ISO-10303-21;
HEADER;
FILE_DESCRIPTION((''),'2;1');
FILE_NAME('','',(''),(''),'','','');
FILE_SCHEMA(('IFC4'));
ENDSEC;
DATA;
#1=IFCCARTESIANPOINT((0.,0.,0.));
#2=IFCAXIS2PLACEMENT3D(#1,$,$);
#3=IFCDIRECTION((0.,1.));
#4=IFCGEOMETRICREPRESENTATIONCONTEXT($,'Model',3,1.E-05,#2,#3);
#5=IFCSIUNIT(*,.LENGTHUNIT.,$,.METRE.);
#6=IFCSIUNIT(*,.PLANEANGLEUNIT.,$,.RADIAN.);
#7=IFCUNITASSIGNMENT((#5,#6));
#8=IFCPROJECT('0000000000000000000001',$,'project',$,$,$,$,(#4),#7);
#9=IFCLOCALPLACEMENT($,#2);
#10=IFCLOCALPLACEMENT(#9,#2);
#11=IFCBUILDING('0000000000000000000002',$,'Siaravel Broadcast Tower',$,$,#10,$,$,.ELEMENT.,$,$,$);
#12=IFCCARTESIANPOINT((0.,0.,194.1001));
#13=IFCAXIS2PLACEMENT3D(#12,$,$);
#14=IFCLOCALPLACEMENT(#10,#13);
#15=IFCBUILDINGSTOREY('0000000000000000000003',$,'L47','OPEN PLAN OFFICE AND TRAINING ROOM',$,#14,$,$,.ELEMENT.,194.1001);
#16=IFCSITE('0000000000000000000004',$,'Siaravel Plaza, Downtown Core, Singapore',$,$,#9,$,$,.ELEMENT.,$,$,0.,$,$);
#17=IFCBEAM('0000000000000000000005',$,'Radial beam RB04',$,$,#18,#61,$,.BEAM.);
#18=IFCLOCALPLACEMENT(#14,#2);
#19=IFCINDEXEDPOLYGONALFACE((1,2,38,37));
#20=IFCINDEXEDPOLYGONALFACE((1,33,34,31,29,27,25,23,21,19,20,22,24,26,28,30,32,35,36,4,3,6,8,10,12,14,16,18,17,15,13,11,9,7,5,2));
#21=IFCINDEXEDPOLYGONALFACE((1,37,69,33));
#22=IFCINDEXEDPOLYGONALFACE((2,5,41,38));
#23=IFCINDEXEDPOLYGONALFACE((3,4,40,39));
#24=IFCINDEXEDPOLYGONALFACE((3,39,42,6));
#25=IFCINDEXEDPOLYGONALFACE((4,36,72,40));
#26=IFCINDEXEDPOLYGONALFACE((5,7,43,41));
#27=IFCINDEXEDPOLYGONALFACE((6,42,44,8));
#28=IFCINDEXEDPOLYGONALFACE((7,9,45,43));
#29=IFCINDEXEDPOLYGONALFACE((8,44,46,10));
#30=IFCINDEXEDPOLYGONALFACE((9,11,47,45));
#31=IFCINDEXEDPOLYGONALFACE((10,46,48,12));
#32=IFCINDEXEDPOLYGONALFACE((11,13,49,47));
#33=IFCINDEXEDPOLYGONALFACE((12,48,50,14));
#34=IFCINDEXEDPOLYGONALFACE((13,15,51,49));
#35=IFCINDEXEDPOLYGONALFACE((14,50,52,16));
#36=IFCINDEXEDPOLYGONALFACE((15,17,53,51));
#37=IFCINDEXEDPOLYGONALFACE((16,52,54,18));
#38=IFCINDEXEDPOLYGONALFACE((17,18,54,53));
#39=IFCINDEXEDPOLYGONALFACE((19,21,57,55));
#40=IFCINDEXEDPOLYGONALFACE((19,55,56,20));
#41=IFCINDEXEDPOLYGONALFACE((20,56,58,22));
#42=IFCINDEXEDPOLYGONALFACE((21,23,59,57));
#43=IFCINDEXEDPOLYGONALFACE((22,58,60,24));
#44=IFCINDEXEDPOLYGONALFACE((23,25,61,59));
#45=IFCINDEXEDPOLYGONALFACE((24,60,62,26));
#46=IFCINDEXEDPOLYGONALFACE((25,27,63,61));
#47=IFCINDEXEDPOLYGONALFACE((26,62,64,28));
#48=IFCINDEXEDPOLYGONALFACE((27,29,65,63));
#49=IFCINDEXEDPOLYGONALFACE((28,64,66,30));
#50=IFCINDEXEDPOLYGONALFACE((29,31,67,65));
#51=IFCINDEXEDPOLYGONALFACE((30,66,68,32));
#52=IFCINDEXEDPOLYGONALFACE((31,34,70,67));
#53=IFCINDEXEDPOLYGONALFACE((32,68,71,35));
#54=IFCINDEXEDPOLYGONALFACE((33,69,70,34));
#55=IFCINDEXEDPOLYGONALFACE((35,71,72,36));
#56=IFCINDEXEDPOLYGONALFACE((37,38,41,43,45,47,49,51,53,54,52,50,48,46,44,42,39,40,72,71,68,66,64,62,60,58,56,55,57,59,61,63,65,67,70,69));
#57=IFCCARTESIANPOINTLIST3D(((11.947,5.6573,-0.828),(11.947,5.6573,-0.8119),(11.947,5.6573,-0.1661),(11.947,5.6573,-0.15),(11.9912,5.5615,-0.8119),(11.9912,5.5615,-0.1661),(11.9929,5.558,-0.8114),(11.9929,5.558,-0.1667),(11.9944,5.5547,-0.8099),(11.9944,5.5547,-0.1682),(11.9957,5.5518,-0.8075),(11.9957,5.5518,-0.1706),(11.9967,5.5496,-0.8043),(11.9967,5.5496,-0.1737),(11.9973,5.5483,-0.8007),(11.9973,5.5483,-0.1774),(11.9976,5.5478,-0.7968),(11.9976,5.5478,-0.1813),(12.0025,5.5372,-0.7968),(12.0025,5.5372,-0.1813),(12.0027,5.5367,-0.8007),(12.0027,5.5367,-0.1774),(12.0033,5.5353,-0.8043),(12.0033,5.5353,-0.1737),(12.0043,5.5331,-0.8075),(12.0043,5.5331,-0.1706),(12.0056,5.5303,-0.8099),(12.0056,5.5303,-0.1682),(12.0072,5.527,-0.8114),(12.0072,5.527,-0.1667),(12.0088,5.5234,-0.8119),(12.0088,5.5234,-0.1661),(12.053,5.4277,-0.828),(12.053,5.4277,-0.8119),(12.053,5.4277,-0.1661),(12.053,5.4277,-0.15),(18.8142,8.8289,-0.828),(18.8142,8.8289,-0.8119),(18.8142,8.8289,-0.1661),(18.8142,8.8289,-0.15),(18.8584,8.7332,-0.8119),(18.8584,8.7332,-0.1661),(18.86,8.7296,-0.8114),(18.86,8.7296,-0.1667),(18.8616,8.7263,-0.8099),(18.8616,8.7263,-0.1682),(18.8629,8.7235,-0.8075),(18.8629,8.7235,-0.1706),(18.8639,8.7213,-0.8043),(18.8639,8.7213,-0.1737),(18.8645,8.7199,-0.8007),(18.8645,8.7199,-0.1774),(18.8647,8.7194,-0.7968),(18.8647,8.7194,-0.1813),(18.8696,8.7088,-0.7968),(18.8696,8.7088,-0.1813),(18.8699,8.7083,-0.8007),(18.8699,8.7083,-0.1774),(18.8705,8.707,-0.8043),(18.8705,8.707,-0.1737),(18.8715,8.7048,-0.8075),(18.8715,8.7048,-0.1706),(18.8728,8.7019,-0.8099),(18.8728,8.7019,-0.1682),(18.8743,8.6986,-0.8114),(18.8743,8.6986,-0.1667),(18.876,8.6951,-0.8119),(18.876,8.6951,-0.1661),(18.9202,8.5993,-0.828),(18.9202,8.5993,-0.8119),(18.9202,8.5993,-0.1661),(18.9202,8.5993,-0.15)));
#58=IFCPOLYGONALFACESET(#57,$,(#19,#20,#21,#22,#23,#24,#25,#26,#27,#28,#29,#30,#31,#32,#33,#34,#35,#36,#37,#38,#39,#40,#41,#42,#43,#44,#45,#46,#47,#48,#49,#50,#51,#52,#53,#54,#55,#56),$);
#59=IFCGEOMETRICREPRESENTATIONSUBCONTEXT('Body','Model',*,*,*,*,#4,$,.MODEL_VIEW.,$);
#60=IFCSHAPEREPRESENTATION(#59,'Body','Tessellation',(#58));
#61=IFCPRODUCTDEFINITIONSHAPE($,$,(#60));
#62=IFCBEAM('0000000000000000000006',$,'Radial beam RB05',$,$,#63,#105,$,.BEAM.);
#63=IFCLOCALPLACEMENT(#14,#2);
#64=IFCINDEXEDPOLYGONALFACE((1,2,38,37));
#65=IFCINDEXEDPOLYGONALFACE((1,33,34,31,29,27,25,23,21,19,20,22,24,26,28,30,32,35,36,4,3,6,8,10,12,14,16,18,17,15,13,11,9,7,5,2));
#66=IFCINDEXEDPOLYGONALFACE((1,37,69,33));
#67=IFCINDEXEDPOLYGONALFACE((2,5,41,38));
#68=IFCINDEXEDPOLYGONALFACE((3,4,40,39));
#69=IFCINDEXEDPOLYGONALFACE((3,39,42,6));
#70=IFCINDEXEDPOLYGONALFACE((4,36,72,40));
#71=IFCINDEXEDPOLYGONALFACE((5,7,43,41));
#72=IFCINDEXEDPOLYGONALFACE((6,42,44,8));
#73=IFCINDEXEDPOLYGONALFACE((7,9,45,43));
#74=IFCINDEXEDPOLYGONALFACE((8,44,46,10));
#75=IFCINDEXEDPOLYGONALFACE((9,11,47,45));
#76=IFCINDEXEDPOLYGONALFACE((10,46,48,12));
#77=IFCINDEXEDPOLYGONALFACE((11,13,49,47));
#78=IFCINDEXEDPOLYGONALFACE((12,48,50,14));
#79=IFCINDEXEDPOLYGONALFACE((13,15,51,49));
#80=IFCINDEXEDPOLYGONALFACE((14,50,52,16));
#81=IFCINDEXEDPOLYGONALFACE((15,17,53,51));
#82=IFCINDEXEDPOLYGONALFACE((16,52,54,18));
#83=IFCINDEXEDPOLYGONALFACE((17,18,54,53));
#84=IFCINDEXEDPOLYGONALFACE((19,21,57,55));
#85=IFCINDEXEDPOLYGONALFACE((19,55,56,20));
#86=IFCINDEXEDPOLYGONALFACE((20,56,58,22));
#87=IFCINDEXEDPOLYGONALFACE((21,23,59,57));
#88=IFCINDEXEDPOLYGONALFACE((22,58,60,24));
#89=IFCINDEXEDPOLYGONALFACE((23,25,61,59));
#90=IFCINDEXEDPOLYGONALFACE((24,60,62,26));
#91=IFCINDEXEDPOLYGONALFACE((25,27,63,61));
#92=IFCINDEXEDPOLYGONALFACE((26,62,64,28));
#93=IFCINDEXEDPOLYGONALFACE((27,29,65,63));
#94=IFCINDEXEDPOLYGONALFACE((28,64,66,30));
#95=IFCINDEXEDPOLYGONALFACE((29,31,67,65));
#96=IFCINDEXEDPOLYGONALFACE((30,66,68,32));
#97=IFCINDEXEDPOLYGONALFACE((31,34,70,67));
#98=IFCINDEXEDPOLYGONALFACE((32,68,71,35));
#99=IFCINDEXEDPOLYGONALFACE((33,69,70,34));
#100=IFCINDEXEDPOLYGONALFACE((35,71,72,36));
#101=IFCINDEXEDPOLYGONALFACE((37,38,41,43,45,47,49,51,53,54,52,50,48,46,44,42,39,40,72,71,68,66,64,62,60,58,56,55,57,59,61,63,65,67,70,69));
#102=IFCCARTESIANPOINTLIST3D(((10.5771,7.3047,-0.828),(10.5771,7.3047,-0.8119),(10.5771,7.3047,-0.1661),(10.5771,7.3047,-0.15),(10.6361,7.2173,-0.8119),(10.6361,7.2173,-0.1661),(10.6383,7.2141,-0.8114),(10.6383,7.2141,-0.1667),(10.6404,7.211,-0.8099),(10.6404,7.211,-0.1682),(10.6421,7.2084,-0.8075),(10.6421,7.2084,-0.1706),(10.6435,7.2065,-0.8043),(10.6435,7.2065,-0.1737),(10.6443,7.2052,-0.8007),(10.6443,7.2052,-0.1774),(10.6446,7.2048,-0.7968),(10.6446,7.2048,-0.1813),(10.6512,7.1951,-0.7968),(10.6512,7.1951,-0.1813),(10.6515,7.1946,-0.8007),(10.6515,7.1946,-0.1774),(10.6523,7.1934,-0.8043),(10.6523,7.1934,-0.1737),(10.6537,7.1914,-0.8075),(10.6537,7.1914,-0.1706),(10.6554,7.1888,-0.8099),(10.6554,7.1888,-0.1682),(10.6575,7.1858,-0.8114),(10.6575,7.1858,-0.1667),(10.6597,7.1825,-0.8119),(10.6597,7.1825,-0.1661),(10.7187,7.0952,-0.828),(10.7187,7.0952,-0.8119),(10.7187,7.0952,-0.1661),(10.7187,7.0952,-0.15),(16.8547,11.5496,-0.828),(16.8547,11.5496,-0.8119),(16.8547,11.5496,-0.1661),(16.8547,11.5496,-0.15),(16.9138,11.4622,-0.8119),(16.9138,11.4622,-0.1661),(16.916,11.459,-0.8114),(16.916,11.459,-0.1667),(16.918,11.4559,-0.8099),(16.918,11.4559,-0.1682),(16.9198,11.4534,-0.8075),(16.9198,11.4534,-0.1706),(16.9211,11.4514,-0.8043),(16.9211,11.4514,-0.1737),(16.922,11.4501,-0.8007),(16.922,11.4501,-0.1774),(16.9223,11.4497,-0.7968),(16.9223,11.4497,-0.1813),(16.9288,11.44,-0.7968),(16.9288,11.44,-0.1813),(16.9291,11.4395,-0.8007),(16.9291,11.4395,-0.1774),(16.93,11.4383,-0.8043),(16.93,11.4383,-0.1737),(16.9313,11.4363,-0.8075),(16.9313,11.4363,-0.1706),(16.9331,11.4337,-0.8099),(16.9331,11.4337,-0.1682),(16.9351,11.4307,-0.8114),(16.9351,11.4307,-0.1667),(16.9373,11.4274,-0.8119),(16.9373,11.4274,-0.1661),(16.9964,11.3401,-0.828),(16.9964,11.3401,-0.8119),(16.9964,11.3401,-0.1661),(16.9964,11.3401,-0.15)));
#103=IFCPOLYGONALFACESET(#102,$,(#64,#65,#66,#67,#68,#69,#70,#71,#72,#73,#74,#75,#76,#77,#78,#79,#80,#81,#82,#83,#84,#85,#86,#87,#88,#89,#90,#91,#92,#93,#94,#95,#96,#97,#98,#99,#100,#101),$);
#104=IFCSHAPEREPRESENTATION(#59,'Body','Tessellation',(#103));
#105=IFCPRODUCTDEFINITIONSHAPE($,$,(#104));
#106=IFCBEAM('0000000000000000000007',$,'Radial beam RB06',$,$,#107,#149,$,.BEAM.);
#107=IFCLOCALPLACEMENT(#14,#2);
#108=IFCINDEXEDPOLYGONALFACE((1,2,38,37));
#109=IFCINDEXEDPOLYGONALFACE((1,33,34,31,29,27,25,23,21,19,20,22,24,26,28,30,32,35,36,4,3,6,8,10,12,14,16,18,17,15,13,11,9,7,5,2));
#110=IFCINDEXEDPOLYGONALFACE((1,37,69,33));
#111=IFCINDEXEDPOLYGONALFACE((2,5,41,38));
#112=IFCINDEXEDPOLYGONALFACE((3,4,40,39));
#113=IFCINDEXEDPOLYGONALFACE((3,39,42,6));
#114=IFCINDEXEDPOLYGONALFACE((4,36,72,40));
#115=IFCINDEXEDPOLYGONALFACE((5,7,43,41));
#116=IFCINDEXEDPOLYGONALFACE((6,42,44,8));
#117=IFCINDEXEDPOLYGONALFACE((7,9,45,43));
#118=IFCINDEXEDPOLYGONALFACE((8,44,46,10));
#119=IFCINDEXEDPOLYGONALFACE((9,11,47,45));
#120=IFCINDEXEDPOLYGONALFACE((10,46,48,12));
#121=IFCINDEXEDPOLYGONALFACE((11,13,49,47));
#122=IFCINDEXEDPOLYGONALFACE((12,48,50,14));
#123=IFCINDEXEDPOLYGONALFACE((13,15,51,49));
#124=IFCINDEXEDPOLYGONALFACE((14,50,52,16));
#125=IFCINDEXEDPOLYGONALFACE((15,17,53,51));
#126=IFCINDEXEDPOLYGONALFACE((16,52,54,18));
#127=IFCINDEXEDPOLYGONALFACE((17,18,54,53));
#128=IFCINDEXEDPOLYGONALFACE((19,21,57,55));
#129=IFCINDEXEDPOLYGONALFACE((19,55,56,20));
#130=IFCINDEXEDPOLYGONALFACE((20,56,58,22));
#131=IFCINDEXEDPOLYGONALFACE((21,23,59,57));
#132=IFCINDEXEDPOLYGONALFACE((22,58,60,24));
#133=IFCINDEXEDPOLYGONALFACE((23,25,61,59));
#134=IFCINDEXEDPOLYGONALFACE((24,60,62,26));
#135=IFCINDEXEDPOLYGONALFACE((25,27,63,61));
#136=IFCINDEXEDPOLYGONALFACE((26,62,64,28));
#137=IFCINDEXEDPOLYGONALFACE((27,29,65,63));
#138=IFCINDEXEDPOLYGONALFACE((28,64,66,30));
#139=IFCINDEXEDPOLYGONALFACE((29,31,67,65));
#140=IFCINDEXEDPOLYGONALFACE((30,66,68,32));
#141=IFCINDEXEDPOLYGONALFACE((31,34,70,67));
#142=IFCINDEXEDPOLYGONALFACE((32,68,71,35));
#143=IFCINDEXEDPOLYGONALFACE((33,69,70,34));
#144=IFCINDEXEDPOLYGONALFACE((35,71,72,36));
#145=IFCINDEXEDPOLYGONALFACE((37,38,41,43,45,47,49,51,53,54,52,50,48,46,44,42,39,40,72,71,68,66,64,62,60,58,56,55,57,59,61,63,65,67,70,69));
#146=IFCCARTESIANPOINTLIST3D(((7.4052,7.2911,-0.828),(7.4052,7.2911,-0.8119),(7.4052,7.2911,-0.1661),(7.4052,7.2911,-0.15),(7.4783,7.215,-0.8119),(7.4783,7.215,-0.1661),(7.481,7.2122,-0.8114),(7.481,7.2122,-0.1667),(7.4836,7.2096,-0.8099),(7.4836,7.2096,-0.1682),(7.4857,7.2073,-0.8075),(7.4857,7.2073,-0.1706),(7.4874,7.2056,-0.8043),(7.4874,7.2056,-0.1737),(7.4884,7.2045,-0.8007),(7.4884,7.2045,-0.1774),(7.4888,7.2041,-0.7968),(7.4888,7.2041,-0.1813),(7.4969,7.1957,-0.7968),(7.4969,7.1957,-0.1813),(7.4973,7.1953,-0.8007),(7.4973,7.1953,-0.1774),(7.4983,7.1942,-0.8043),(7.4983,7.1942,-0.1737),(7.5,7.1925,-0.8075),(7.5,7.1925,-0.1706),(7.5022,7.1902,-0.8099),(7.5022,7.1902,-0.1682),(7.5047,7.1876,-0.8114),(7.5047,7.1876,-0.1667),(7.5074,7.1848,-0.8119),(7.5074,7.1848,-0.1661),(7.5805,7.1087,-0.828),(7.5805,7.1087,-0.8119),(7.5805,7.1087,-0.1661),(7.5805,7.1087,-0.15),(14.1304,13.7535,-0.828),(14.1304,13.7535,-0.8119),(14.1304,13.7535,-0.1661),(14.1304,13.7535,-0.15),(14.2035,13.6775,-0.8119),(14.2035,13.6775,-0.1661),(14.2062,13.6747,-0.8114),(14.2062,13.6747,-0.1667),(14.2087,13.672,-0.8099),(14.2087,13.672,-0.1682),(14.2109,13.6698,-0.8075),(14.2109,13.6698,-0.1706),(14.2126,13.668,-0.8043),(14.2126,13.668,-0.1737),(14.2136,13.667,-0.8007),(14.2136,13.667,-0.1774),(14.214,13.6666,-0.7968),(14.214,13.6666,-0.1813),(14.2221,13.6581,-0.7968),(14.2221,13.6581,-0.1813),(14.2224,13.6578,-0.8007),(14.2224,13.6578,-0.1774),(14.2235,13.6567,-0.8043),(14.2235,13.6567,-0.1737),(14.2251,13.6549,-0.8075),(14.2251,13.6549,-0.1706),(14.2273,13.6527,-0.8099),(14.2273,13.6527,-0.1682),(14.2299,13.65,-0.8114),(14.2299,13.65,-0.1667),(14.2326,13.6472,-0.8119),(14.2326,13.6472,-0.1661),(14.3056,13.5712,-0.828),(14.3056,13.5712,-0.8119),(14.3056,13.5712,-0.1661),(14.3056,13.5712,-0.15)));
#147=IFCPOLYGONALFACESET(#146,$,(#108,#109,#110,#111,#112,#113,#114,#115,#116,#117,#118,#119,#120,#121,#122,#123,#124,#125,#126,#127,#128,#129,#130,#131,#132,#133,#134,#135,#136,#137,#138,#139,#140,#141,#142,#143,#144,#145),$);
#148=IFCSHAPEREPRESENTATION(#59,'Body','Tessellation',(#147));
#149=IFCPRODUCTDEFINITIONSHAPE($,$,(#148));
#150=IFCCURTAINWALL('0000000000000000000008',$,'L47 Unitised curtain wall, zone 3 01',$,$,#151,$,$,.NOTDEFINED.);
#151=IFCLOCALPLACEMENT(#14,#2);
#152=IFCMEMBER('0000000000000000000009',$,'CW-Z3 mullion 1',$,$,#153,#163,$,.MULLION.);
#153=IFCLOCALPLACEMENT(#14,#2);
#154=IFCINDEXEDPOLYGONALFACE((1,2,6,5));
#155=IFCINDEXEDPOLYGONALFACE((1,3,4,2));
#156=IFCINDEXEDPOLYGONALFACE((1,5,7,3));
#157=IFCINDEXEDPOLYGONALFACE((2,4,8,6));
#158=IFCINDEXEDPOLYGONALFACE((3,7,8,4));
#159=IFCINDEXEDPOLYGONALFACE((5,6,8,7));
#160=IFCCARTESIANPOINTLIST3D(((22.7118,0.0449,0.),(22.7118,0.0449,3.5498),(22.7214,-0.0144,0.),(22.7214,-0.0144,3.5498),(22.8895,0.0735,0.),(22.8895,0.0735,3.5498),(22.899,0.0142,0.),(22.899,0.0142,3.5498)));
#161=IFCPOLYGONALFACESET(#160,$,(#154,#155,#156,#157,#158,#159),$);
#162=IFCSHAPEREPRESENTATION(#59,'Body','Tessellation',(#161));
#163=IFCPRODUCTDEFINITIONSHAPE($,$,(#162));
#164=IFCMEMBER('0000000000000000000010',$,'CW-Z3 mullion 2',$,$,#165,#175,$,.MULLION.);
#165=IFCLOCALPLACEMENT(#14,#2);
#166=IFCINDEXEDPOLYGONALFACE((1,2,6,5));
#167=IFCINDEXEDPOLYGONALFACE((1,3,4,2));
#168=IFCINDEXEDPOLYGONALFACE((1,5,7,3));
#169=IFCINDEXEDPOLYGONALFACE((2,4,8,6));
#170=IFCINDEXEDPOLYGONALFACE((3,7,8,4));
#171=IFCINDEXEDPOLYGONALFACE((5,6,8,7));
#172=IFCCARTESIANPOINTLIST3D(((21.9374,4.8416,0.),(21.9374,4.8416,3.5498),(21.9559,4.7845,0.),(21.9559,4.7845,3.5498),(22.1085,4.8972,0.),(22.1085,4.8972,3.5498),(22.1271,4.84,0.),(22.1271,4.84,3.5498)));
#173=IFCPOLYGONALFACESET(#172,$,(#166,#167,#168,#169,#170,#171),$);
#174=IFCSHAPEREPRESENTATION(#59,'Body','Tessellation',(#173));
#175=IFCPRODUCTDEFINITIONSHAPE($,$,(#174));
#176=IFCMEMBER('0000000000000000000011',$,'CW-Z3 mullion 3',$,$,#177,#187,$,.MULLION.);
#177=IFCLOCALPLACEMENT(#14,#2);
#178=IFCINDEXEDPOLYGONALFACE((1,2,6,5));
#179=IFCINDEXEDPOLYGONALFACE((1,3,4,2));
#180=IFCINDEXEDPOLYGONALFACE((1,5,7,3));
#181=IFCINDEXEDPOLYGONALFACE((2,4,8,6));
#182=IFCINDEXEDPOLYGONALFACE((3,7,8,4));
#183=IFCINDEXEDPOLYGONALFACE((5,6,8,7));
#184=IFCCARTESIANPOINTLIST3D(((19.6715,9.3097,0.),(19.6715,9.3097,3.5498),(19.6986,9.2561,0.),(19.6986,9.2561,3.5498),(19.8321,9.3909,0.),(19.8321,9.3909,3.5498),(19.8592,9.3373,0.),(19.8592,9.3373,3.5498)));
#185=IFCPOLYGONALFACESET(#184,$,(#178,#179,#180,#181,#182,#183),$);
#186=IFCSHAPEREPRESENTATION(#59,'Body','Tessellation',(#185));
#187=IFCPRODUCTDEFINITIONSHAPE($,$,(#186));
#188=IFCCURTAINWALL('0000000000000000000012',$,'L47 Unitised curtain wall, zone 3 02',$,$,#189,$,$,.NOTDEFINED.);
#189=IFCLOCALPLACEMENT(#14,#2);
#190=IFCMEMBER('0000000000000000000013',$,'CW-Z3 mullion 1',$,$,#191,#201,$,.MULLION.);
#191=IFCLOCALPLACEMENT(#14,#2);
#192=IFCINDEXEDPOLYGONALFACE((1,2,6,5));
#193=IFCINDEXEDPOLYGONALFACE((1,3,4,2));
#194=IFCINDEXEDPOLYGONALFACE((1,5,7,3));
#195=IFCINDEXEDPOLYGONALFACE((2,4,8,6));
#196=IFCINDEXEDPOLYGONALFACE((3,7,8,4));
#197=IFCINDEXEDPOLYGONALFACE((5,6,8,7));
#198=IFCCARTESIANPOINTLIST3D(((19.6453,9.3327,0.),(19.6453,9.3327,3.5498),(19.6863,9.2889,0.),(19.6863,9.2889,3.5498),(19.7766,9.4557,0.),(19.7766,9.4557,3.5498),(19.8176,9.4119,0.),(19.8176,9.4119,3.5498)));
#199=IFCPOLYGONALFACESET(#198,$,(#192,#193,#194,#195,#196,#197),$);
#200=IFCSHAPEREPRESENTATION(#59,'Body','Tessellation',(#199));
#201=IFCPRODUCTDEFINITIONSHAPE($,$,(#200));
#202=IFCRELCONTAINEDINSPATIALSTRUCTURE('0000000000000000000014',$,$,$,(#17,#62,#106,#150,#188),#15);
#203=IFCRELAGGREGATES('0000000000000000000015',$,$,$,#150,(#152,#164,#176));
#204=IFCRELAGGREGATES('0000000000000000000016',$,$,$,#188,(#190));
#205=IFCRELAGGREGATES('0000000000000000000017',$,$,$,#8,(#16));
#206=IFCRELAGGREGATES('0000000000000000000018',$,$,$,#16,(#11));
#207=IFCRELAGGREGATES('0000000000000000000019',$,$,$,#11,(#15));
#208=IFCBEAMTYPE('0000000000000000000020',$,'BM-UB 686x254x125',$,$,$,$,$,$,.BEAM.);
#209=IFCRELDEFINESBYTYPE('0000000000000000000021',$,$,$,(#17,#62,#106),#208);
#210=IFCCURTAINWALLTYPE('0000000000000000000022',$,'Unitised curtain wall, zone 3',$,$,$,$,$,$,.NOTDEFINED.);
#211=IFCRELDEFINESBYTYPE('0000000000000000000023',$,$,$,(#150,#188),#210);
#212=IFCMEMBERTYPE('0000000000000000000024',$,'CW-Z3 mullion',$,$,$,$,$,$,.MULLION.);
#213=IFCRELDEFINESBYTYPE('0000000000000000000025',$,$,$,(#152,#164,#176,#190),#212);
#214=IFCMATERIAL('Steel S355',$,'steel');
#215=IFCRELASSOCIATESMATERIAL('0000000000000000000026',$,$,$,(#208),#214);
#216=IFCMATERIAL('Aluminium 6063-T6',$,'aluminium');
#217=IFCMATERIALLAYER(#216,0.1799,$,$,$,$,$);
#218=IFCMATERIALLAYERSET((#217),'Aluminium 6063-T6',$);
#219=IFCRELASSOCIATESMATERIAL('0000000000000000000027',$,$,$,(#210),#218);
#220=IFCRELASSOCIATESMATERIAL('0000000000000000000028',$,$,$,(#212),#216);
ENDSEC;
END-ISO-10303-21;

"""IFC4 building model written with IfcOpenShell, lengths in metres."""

from ifc_helpers import new_model, si_unit, direction, frame, origin, origin_2d, place, context, subcontext, project, spatial, rectangle, i_section, extrude, material, layer, layer_set, material_profile, profile_set, type_object, element, aggregate, save


model = new_model("IFC4")

# Units and contexts
model_context = context("Model", 3, precision=1e-05, world=origin(), true_north=direction((0.0, 1.0)))
body_context = subcontext(model_context, "Body", "Model", "MODEL_VIEW")
ifc_project = project(units=[si_unit("LENGTHUNIT", "METRE"), si_unit("PLANEANGLEUNIT", "RADIAN")], contexts=[model_context])

# Site, building, storey
site_placement = place(None, origin())
site = spatial("IfcSite", under=ifc_project, at=site_placement, Name="Siaravel Plaza, Downtown Core, Singapore", CompositionType="ELEMENT", RefElevation=0.0)
building_placement = place(site_placement, origin())
building = spatial("IfcBuilding", under=site, at=building_placement, Name="Siaravel Broadcast Tower", CompositionType="ELEMENT")
storey_placement = place(building_placement, frame((0.0, 0.0, 194.1001)))
storey = spatial("IfcBuildingStorey", under=building, at=storey_placement, Name="L47", Description="OPEN PLAN OFFICE AND TRAINING ROOM", CompositionType="ELEMENT", Elevation=194.1001)

# Beams
ifc_material_1 = material(Name="Steel S355", Category="steel")
ifc_material_profile_1 = material_profile(ifc_material_1, i_section(OverallWidth=0.2529, OverallDepth=0.678, WebThickness=0.0117, FlangeThickness=0.0161, FilletRadius=0.0151, at=origin_2d()))
ifc_profile_set_1 = profile_set([ifc_material_profile_1], Name="Steel S355")
beam_type = type_object("IfcBeamType", Name="BM-UB 686x254x125", PredefinedType="BEAM", material=ifc_profile_set_1)
beam_1_placement = place(storey_placement, frame((18.8672, 8.7141, -0.489), z_axis=(-0.907851, -0.419294, 0.0), x_axis=(0.419294, -0.907851, 0.0)))
element("IfcBeam", 1, at=beam_1_placement, inside=storey, type_object=beam_type, Name="Radial beam RB04", PredefinedType="BEAM", context=body_context, shape_type="SweptSolid", body=[
    extrude(i_section(OverallWidth=0.2529, OverallDepth=0.678, WebThickness=0.0117, FlangeThickness=0.0161, FilletRadius=0.0151, at=origin_2d()), origin(), (0.0, 0.0, 1.0), 7.5642),
])
beam_2_placement = place(storey_placement, frame((16.9255, 11.4448, -0.489), z_axis=(-0.828389, -0.560153, 0.0), x_axis=(0.560153, -0.828389, 0.0)))
element("IfcBeam", 2, at=beam_2_placement, inside=storey, type_object=beam_type, Name="Radial beam RB05", PredefinedType="BEAM", context=body_context, shape_type="SweptSolid", body=[
    extrude(i_section(OverallWidth=0.2529, OverallDepth=0.678, WebThickness=0.0117, FlangeThickness=0.0161, FilletRadius=0.0151, at=origin_2d()), origin(), (0.0, 0.0, 1.0), 7.5781),
])
beam_3_placement = place(storey_placement, frame((14.218, 13.6624, -0.489), z_axis=(-0.721049, -0.692884, 0.0), x_axis=(0.692884, -0.721049, 0.0)))
element("IfcBeam", 3, at=beam_3_placement, inside=storey, type_object=beam_type, Name="Radial beam RB06", PredefinedType="BEAM", context=body_context, shape_type="SweptSolid", body=[
    extrude(i_section(OverallWidth=0.2529, OverallDepth=0.678, WebThickness=0.0117, FlangeThickness=0.0161, FilletRadius=0.0151, at=origin_2d()), origin(), (0.0, 0.0, 1.0), 9.3269),
])

# Curtain walls, members
ifc_material_2 = material(Name="Aluminium 6063-T6", Category="aluminium")
ifc_layer_1 = layer(ifc_material_2, 0.1799)
ifc_layer_set_1 = layer_set([ifc_layer_1], Name="Aluminium 6063-T6")
curtain_wall_type = type_object("IfcCurtainWallType", Name="Unitised curtain wall, zone 3", PredefinedType="NOTDEFINED", material=ifc_layer_set_1)
curtain_wall_1_placement = place(storey_placement, origin())
curtain_wall_1 = element("IfcCurtainWall", 4, at=curtain_wall_1_placement, inside=storey, type_object=curtain_wall_type, Name="L47 Unitised curtain wall, zone 3 01", PredefinedType="NOTDEFINED")
ifc_material_profile_2 = material_profile(ifc_material_2, rectangle(XDim=0.1799, YDim=0.0601, at=origin_2d()))
ifc_profile_set_2 = profile_set([ifc_material_profile_2], Name="Aluminium 6063-T6")
member_type_1 = type_object("IfcMemberType", Name="CW-Z3 mullion", PredefinedType="MULLION", material=ifc_profile_set_2)
member_1_placement = place(storey_placement, frame((22.8054, 0.0295, 0.0), z_axis=(0.0, 0.0, 1.0), x_axis=(-0.987329, -0.158685, 0.0)))
member_1 = element("IfcMember", 5, at=member_1_placement, type_object=member_type_1, Name="CW-Z3 mullion 1", PredefinedType="MULLION", context=body_context, shape_type="SweptSolid", body=[
    extrude(rectangle(XDim=0.1799, YDim=0.0601, at=origin_2d()), origin(), (0.0, 0.0, 1.0), 3.5498),
])
member_2_placement = place(storey_placement, frame((22.0322, 4.8408, 0.0), z_axis=(0.0, 0.0, 1.0), x_axis=(-0.951177, -0.308645, 0.0)))
member_2 = element("IfcMember", 6, at=member_2_placement, type_object=member_type_1, Name="CW-Z3 mullion 2", PredefinedType="MULLION", context=body_context, shape_type="SweptSolid", body=[
    extrude(rectangle(XDim=0.1799, YDim=0.0601, at=origin_2d()), origin(), (0.0, 0.0, 1.0), 3.5498),
])
member_3_placement = place(storey_placement, frame((19.7654, 9.3235, 0.0), z_axis=(0.0, 0.0, 1.0), x_axis=(-0.892392, -0.451261, 0.0)))
member_3 = element("IfcMember", 7, at=member_3_placement, type_object=member_type_1, Name="CW-Z3 mullion 3", PredefinedType="MULLION", context=body_context, shape_type="SweptSolid", body=[
    extrude(rectangle(XDim=0.1799, YDim=0.0601, at=origin_2d()), origin(), (0.0, 0.0, 1.0), 3.5498),
])
curtain_wall_2_placement = place(storey_placement, origin())
curtain_wall_2 = element("IfcCurtainWall", 8, at=curtain_wall_2_placement, inside=storey, type_object=curtain_wall_type, Name="L47 Unitised curtain wall, zone 3 02", PredefinedType="NOTDEFINED")
member_4_placement = place(storey_placement, frame((19.7314, 9.3723, 0.0), z_axis=(0.0, 0.0, 1.0), x_axis=(-0.729805, -0.683655, 0.0)))
member_4 = element("IfcMember", 9, at=member_4_placement, type_object=member_type_1, Name="CW-Z3 mullion 1", PredefinedType="MULLION", context=body_context, shape_type="SweptSolid", body=[
    extrude(rectangle(XDim=0.1799, YDim=0.0601, at=origin_2d()), origin(), (0.0, 0.0, 1.0), 3.5498),
])

aggregate(curtain_wall_1, [member_1, member_2, member_3])
aggregate(curtain_wall_2, [member_4])

save(model, "model.ifc")
